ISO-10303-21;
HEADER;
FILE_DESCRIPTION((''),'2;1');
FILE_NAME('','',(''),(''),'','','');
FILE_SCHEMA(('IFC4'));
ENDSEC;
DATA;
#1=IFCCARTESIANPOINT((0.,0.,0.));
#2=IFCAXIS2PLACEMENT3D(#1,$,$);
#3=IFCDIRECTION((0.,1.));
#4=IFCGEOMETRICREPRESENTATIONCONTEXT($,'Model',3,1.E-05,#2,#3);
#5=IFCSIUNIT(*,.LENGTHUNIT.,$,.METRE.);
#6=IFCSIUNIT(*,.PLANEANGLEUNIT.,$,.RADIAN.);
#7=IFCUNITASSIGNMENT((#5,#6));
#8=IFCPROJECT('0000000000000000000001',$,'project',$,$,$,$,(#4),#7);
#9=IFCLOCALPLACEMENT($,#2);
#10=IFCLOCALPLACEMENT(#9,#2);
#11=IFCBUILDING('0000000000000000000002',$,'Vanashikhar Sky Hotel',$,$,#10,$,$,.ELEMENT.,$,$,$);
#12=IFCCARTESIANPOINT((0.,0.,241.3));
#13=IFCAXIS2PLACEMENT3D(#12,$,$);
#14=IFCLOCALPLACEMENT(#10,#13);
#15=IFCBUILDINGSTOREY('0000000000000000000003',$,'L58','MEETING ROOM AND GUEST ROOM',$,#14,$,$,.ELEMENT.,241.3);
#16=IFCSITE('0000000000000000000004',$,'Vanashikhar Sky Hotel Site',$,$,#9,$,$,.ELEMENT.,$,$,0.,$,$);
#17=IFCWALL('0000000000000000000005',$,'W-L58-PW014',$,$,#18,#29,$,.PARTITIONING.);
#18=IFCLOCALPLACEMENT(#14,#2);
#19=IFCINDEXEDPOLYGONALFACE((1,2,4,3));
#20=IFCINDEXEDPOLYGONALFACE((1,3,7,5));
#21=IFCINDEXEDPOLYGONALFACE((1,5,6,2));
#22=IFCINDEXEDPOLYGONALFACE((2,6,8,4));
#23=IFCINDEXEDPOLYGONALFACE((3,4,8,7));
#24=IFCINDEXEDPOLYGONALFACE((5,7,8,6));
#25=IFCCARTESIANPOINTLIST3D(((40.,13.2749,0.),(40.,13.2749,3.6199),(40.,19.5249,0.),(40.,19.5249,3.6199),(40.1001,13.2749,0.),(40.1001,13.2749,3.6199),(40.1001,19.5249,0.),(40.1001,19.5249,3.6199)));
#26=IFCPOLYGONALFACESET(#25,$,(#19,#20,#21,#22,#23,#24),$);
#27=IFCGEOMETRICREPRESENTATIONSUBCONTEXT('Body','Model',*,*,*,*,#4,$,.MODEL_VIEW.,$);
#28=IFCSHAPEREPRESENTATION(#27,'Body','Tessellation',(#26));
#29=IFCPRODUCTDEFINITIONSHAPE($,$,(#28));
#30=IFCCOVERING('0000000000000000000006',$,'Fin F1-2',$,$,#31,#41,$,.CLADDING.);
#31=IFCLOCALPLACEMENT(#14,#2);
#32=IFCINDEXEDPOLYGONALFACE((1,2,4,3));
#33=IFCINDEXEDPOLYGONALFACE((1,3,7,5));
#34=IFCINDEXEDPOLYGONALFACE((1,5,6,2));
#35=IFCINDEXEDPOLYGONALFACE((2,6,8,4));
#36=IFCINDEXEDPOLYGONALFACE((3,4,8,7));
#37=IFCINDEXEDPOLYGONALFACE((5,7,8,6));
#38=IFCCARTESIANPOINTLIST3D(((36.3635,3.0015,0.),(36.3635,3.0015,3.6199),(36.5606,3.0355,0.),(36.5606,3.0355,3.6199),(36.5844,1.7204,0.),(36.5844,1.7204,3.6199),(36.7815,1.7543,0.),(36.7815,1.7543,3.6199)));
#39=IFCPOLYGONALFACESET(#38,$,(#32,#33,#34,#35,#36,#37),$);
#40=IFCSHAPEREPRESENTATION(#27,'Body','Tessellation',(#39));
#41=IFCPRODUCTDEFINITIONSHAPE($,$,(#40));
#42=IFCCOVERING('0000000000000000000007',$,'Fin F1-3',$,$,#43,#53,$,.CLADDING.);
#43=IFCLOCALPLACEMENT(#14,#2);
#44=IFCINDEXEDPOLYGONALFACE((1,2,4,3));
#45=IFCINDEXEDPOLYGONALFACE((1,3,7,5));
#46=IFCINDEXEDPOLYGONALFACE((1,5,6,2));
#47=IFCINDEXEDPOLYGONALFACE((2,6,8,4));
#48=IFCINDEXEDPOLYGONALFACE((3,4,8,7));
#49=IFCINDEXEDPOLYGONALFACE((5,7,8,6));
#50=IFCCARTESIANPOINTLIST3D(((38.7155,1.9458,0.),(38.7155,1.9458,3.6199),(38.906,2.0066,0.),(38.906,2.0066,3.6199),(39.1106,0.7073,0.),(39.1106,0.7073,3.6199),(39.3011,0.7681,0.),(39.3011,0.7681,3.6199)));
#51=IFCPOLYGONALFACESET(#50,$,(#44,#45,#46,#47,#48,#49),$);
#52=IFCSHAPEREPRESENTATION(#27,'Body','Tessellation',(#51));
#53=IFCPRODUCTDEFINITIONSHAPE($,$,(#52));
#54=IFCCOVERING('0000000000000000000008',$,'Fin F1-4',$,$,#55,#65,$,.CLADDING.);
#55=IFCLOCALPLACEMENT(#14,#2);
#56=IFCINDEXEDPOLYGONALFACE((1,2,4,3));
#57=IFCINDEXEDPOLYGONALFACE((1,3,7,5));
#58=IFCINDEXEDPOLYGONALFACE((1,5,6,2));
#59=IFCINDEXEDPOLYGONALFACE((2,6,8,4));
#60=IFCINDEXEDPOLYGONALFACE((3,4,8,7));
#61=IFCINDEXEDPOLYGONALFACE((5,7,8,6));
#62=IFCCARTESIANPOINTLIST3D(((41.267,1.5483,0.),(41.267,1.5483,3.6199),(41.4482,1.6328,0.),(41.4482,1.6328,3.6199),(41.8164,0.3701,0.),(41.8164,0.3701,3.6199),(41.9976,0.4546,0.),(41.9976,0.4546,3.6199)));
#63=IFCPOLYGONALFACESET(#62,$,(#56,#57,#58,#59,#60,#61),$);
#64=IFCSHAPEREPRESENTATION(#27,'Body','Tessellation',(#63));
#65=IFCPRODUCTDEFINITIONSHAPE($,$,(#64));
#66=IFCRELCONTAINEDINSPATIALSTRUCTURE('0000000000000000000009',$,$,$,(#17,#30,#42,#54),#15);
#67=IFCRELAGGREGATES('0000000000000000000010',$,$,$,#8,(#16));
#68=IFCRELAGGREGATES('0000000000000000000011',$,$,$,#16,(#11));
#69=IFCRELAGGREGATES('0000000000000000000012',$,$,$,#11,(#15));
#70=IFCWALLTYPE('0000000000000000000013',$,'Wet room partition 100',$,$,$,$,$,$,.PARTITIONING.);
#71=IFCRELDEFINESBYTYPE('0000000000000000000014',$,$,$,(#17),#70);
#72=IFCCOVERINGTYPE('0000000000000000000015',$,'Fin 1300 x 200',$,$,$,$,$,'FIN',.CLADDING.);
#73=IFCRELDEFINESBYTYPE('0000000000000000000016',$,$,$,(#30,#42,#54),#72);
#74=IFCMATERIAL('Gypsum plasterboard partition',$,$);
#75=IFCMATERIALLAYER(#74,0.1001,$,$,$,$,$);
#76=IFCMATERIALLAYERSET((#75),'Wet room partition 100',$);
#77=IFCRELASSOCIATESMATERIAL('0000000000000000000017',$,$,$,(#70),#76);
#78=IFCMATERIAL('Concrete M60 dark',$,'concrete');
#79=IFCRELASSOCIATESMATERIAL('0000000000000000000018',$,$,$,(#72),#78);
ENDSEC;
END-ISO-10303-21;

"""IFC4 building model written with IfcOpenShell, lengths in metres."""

from ifc_helpers import new_model, si_unit, direction, frame, frame_2d, origin, origin_2d, place, context, subcontext, project, spatial, rectangle, extrude, source, transform, mapped, material, layer, layer_set, material_profile, profile_set, type_object, element, save


model = new_model("IFC4")

# Units and contexts
model_context = context("Model", 3, precision=1e-05, world=origin(), true_north=direction((0.0, 1.0)))
body_context = subcontext(model_context, "Body", "Model", "MODEL_VIEW")
ifc_project = project(units=[si_unit("LENGTHUNIT", "METRE"), si_unit("PLANEANGLEUNIT", "RADIAN")], contexts=[model_context])

# Site, building, storey
site_placement = place(None, origin())
site = spatial("IfcSite", under=ifc_project, at=site_placement, Name="Vanashikhar Sky Hotel Site", CompositionType="ELEMENT", RefElevation=0.0)
building_placement = place(site_placement, origin())
building = spatial("IfcBuilding", under=site, at=building_placement, Name="Vanashikhar Sky Hotel", CompositionType="ELEMENT")
storey_placement = place(building_placement, frame((0.0, 0.0, 241.3)))
storey = spatial("IfcBuildingStorey", under=building, at=storey_placement, Name="L58", Description="MEETING ROOM AND GUEST ROOM", CompositionType="ELEMENT", Elevation=241.3)

# Shared definitions
ifc_material_1 = material(Name="Gypsum plasterboard partition")
ifc_layer_1 = layer(ifc_material_1, 0.1001)
ifc_layer_set_1 = layer_set([ifc_layer_1], Name="Wet room partition 100")
wall_type_1 = type_object("IfcWallType", Name="Wet room partition 100", PredefinedType="PARTITIONING", material=ifc_layer_set_1)

# Wall
shared_shape_1 = source(origin(), body_context, "Body", "SweptSolid", [
    extrude(rectangle(XDim=6.25, YDim=0.1001, at=frame_2d((3.125, 0.0))), origin(), (0.0, 0.0, 1.0), 3.6199),
])
for number, where, z_axis, x_axis, name in (
    (1, (40.05, 13.2749, 0.0), (0.0, 0.0, 1.0), (0.0, 1.0, 0.0), "W-L58-PW014"),
):
    element("IfcWall", number, at=place(storey_placement, frame(where, z_axis=z_axis, x_axis=x_axis)), inside=storey, type_object=wall_type_1, Name=name, PredefinedType="PARTITIONING", context=body_context, shape_type="MappedRepresentation", body=[
        mapped(shared_shape_1, transform((0.0, 0.0, 0.0), scale=1.0)),
    ])

# Coverings
ifc_material_2 = material(Name="Concrete M60 dark", Category="concrete")
ifc_material_profile_1 = material_profile(ifc_material_2, rectangle(XDim=1.3, YDim=0.2, at=origin_2d()))
ifc_profile_set_1 = profile_set([ifc_material_profile_1], Name="Fin 1300 x 200")
covering_type = type_object("IfcCoveringType", Name="Fin 1300 x 200", ElementType="FIN", PredefinedType="CLADDING", material=ifc_profile_set_1)
shared_shape_2 = source(origin(), body_context, "Body", "SweptSolid", [
    extrude(rectangle(XDim=1.3, YDim=0.2, at=origin_2d()), origin(), (0.0, 0.0, 1.0), 3.6199),
])
for number, where, z_axis, x_axis, name in (
    (2, (36.5725, 2.3779, 0.0), (0.0, 0.0, 1.0), (0.1699, -0.985461, 0.0), "Fin F1-2"),
    (3, (39.0083, 1.3569, 0.0), (0.0, 0.0, 1.0), (0.303967, -0.952683, 0.0), "Fin F1-3"),
    (4, (41.6323, 1.0015, 0.0), (0.0, 0.0, 1.0), (0.422618, -0.906308, 0.0), "Fin F1-4"),
):
    element("IfcCovering", number, at=place(storey_placement, frame(where, z_axis=z_axis, x_axis=x_axis)), inside=storey, type_object=covering_type, Name=name, PredefinedType="CLADDING", context=body_context, shape_type="MappedRepresentation", body=[
        mapped(shared_shape_2, transform((0.0, 0.0, 0.0), scale=1.0)),
    ])

save(model, "model.ifc")
